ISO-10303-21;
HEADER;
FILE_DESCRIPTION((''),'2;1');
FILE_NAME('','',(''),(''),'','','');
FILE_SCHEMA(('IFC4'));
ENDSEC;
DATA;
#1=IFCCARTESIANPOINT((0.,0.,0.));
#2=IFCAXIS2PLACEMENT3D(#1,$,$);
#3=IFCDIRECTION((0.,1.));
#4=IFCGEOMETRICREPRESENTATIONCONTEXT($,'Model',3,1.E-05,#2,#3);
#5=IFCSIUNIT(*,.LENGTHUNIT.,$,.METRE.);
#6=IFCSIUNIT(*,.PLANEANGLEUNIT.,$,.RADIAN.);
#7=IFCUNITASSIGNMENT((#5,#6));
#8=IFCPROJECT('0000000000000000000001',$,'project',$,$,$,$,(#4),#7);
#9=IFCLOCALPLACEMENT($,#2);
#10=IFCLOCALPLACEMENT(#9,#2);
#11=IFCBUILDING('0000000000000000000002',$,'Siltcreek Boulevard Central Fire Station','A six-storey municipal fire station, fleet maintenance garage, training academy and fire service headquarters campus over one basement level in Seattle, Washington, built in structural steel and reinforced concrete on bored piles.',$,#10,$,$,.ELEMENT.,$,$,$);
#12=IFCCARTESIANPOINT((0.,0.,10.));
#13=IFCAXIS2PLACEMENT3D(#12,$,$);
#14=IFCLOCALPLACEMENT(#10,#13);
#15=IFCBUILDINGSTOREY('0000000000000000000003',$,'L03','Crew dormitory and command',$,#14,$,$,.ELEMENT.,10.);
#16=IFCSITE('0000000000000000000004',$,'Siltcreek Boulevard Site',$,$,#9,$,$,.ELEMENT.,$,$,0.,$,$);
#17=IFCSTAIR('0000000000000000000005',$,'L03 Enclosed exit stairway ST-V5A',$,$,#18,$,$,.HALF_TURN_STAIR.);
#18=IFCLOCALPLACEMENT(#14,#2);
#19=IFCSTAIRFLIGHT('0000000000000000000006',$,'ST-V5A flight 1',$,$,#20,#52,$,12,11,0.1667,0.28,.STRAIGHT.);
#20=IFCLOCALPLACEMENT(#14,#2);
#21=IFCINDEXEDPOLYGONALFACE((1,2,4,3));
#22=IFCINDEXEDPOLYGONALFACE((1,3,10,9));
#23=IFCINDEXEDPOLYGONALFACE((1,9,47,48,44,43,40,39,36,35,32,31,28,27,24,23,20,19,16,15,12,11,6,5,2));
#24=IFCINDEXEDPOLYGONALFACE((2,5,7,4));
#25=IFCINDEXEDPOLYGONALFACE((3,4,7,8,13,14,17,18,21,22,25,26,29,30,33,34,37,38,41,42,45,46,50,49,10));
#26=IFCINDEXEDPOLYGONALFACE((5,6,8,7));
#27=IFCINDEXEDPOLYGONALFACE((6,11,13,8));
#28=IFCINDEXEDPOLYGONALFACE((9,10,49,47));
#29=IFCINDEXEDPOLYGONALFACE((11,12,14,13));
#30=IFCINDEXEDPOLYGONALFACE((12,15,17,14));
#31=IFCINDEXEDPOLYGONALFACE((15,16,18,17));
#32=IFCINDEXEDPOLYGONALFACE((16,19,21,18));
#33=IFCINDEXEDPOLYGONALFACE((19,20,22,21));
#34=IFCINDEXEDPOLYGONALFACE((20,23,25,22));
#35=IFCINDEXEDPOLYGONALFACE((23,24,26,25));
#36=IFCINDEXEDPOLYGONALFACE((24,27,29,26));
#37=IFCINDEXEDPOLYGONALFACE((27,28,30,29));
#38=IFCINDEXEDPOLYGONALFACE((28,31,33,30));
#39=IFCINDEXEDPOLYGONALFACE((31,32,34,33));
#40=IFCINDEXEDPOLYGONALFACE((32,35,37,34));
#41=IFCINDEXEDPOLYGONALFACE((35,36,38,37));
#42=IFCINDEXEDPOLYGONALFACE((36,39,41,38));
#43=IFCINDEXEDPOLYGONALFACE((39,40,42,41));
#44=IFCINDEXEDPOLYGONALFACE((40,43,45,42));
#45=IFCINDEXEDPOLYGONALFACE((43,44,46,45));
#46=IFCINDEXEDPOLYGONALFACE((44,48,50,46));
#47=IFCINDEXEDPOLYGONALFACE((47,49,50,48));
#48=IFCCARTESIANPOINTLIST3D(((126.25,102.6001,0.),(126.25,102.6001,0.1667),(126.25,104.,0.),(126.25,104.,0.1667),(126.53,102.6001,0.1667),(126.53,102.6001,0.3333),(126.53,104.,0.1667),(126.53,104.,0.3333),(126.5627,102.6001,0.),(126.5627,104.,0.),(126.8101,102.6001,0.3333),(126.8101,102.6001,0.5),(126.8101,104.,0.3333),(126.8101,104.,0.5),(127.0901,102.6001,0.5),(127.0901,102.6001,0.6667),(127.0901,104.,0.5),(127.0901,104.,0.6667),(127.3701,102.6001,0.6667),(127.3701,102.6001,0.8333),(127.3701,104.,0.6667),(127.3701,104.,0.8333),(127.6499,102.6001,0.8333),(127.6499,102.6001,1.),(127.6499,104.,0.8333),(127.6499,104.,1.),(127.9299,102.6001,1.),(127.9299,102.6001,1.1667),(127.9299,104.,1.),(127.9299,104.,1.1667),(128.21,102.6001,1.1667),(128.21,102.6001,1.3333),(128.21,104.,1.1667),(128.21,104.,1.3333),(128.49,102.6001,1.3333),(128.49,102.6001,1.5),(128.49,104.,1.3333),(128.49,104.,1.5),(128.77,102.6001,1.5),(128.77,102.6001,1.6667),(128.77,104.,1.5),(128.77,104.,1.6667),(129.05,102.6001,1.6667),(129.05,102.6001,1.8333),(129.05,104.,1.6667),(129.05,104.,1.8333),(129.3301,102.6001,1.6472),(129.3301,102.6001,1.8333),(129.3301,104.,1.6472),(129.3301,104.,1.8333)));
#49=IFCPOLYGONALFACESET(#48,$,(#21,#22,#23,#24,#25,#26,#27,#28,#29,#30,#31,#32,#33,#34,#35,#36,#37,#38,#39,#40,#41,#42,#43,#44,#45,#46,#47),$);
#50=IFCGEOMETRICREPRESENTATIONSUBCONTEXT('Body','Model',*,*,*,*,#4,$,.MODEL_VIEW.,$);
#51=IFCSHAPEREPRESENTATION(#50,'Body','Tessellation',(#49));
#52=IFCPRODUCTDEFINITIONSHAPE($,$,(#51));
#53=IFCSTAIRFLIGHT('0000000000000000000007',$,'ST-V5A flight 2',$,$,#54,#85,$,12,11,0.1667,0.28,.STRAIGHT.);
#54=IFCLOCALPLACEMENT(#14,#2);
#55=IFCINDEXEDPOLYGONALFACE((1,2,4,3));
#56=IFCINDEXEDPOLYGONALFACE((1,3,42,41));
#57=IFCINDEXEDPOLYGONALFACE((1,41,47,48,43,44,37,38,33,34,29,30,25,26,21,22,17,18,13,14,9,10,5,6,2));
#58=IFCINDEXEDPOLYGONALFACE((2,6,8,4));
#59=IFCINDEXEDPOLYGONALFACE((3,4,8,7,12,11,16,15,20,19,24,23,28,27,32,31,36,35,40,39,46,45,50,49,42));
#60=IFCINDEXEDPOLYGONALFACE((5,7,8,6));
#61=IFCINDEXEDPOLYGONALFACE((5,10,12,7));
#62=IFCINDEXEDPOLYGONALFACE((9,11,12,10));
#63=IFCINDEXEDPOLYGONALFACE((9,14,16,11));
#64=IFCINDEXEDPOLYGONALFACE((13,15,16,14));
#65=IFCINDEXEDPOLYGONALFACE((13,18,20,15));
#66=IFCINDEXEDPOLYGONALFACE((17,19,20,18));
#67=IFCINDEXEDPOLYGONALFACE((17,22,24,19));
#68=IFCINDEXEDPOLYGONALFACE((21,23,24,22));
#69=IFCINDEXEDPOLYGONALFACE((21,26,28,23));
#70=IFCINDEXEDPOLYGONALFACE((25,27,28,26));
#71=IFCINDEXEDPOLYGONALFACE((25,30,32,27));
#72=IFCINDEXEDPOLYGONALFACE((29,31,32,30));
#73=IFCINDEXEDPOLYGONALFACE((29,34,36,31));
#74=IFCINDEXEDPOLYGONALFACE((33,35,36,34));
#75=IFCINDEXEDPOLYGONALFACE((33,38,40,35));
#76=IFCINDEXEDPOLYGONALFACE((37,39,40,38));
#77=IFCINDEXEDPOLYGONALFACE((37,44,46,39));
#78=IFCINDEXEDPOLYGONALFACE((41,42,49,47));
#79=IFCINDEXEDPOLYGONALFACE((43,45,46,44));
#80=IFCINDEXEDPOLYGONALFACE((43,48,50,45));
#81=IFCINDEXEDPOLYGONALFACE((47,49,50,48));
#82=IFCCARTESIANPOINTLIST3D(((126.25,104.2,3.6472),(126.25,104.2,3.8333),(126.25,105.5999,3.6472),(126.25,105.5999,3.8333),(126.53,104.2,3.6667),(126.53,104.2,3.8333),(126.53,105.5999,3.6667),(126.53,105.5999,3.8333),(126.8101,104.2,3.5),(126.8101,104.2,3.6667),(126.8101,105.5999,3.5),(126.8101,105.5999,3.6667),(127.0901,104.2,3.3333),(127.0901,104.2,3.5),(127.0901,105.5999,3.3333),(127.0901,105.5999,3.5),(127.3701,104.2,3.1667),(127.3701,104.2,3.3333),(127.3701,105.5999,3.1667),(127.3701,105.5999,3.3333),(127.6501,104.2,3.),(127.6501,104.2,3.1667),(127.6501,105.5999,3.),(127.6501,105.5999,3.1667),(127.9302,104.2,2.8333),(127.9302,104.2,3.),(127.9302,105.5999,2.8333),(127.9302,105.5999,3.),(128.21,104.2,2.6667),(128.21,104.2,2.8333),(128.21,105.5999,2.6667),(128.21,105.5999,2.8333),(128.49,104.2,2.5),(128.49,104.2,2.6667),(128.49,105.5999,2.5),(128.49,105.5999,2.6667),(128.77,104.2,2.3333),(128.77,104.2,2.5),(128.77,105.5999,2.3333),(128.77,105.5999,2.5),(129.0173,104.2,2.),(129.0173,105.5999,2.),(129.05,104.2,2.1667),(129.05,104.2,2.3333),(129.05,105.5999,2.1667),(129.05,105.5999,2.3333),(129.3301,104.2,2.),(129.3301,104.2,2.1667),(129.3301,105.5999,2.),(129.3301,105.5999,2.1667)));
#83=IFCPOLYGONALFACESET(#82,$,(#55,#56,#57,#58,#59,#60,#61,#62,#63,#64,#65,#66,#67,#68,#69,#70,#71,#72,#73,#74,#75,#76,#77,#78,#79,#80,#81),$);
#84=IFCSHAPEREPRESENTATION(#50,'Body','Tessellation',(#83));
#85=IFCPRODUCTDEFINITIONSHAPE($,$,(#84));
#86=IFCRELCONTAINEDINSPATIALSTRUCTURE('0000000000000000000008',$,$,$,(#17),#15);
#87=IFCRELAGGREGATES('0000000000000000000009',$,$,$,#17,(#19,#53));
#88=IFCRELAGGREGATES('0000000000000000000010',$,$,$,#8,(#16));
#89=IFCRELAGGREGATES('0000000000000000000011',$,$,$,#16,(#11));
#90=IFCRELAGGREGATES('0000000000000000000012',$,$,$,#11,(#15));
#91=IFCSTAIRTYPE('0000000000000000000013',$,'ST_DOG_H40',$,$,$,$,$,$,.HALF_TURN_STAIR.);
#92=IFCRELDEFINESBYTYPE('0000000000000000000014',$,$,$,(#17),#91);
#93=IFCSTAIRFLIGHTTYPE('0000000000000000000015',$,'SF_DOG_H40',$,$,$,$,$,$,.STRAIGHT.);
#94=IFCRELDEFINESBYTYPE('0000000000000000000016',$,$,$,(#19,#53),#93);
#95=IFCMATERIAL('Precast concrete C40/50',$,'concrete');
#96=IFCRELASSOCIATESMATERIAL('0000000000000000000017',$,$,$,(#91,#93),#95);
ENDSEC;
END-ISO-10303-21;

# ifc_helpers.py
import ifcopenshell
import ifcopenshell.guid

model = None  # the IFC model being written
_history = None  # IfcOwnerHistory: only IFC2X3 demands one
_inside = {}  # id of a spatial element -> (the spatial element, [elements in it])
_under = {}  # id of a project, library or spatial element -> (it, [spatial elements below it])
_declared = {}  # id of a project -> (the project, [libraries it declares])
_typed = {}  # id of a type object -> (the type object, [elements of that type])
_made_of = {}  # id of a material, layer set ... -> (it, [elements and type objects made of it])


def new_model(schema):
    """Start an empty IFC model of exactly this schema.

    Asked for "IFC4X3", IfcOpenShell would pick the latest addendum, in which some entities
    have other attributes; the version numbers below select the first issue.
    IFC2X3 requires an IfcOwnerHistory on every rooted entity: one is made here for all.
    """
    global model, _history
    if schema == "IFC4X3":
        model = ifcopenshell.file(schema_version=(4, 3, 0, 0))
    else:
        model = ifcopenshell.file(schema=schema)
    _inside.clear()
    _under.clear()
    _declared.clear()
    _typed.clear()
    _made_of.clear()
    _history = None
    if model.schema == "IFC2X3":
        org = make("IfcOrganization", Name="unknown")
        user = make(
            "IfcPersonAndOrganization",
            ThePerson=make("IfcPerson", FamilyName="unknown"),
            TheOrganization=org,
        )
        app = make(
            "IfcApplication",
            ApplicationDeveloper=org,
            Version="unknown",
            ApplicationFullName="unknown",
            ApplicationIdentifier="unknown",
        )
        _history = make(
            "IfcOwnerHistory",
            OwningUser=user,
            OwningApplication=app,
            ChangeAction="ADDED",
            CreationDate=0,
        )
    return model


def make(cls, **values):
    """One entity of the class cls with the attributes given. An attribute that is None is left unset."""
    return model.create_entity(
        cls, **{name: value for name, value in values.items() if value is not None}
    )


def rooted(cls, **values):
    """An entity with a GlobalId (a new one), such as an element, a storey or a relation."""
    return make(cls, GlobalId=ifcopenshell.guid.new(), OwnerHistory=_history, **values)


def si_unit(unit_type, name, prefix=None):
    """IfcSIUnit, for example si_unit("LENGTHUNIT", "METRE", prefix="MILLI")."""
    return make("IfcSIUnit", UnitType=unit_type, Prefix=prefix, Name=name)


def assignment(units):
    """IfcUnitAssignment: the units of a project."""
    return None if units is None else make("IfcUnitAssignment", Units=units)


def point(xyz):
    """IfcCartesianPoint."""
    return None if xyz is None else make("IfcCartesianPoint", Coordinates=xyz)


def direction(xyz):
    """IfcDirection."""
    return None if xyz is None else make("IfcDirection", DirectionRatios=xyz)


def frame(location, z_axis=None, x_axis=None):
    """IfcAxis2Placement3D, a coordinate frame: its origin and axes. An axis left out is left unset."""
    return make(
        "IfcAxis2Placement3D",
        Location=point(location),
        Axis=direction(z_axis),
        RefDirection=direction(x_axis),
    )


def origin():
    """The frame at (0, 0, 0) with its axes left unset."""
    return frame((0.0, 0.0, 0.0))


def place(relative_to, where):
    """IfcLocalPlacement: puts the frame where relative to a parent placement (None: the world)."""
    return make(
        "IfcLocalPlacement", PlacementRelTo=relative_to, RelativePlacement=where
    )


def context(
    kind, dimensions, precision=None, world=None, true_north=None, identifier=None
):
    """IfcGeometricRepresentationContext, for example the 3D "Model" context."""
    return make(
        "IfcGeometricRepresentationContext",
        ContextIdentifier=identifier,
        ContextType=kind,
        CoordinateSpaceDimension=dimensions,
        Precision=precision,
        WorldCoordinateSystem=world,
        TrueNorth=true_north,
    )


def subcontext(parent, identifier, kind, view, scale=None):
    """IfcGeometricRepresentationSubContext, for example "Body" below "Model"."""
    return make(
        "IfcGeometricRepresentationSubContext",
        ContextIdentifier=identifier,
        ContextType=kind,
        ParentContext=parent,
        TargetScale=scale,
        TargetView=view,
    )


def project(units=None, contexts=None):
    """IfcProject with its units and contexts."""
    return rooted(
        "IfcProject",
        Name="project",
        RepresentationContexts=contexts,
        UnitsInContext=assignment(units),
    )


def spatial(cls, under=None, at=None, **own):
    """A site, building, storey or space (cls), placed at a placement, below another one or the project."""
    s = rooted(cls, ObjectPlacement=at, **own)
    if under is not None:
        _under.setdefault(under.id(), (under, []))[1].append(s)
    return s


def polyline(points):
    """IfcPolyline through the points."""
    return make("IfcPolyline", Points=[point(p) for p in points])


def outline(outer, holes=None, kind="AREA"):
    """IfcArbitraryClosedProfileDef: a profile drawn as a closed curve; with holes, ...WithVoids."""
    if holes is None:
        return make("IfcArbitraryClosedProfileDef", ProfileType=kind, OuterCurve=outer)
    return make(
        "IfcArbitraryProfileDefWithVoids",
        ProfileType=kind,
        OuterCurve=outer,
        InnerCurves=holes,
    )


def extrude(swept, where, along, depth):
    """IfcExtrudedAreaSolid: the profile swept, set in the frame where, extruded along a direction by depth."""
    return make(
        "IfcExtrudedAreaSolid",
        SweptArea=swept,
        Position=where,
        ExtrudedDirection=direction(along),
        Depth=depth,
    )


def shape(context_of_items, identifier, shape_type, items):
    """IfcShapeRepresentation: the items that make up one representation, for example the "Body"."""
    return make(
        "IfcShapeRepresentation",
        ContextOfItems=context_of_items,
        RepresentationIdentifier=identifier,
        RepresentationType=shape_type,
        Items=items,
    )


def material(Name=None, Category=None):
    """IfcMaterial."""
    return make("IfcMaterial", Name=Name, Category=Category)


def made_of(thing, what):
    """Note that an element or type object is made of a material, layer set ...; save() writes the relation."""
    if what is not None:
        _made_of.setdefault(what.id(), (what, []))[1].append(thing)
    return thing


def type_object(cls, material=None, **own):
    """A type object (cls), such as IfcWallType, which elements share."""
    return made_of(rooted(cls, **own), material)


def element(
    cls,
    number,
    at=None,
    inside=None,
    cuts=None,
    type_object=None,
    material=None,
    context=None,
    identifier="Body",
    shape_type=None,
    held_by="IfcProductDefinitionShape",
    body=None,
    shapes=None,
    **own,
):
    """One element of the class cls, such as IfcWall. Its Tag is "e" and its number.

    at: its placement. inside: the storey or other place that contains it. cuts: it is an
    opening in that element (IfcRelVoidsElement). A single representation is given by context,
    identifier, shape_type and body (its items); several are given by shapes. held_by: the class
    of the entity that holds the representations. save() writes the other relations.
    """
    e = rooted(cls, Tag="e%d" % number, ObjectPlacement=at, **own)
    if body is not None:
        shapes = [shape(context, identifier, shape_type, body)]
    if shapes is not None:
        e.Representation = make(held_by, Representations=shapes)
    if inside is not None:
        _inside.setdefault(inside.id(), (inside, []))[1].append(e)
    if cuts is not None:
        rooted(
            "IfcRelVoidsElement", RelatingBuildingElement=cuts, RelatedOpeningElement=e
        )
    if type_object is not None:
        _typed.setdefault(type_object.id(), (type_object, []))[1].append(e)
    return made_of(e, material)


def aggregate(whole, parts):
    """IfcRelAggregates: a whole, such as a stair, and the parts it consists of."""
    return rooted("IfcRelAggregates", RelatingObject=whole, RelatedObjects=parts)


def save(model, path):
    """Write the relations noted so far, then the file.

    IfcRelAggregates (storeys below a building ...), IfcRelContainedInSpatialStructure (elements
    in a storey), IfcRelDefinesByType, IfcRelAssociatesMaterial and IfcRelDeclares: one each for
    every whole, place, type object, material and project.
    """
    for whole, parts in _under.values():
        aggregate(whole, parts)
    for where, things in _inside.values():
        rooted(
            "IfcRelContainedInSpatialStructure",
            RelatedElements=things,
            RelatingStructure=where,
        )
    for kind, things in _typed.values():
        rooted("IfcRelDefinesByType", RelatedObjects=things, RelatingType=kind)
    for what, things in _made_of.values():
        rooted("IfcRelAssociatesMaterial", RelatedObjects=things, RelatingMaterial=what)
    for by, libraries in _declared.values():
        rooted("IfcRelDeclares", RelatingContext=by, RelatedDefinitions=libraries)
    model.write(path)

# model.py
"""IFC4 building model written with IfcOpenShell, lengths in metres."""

from ifc_helpers import new_model, si_unit, direction, frame, origin, place, context, subcontext, project, spatial, polyline, outline, extrude, material, type_object, element, aggregate, save


model = new_model("IFC4")

# Units and contexts
model_context = context("Model", 3, precision=1e-05, world=origin(), true_north=direction((0.0, 1.0)))
body_context = subcontext(model_context, "Body", "Model", "MODEL_VIEW")
ifc_project = project(units=[si_unit("LENGTHUNIT", "METRE"), si_unit("PLANEANGLEUNIT", "RADIAN")], contexts=[model_context])

# Site, building, storey
site_placement = place(None, origin())
site = spatial("IfcSite", under=ifc_project, at=site_placement, Name="Siltcreek Boulevard Site", CompositionType="ELEMENT", RefElevation=0.0)
building_placement = place(site_placement, origin())
building = spatial("IfcBuilding", under=site, at=building_placement, Name="Siltcreek Boulevard Central Fire Station", Description="A six-storey municipal fire station, fleet maintenance garage, training academy and fire service headquarters campus over one basement level in Seattle, Washington, built in structural steel and reinforced concrete on bored piles.", CompositionType="ELEMENT")
storey_placement = place(building_placement, frame((0.0, 0.0, 10.0)))
storey = spatial("IfcBuildingStorey", under=building, at=storey_placement, Name="L03", Description="Crew dormitory and command", CompositionType="ELEMENT", Elevation=10.0)

# Stair, stair flights
ifc_material_1 = material(Name="Precast concrete C40/50", Category="concrete")
stair_type = type_object("IfcStairType", Name="ST_DOG_H40", PredefinedType="HALF_TURN_STAIR", material=ifc_material_1)
stair_placement = place(storey_placement, origin())
stair = element("IfcStair", 1, at=stair_placement, inside=storey, type_object=stair_type, Name="L03 Enclosed exit stairway ST-V5A", PredefinedType="HALF_TURN_STAIR")
stair_flight_type = type_object("IfcStairFlightType", Name="SF_DOG_H40", PredefinedType="STRAIGHT", material=ifc_material_1)
stair_flight_1_placement = place(storey_placement, frame((126.25, 103.3, 0.0), z_axis=(0.0, 0.0, 1.0), x_axis=(1.0, 0.0, 0.0)))
stair_flight_1 = element("IfcStairFlight", 2, at=stair_flight_1_placement, type_object=stair_flight_type, Name="ST-V5A flight 1", NumberOfRisers=12, NumberOfTreads=11, PredefinedType="STRAIGHT", RiserHeight=0.1667, TreadLength=0.28, context=body_context, shape_type="SweptSolid", body=[
    extrude(outline(polyline([(0.0, 0.0), (0.0, 0.1667), (0.28, 0.1667), (0.28, 0.3333), (0.5601, 0.3333), (0.5601, 0.5), (0.8401, 0.5), (0.8401, 0.6667), (1.1201, 0.6667), (1.1201, 0.8333), (1.3999, 0.8333), (1.3999, 1.0), (1.6799, 1.0), (1.6799, 1.1667), (1.96, 1.1667), (1.96, 1.3333), (2.24, 1.3333), (2.24, 1.5), (2.52, 1.5), (2.52, 1.6667), (2.8, 1.6667), (2.8, 1.8333), (3.0801, 1.8333), (3.0801, 2.0), (3.0801, 1.6472), (0.3127, 0.0), (0.0, 0.0)])), frame((0.0, 0.7, 0.0), z_axis=(0.0, -1.0, 0.0), x_axis=(1.0, 0.0, 0.0)), (0.0, 0.0, 1.0), 1.3999),
])
stair_flight_2_placement = place(storey_placement, frame((129.3301, 104.8999, 2.0), z_axis=(0.0, 0.0, 1.0), x_axis=(-1.0, 0.0, 0.0)))
stair_flight_2 = element("IfcStairFlight", 3, at=stair_flight_2_placement, type_object=stair_flight_type, Name="ST-V5A flight 2", NumberOfRisers=12, NumberOfTreads=11, PredefinedType="STRAIGHT", RiserHeight=0.1667, TreadLength=0.28, context=body_context, shape_type="SweptSolid", body=[
    extrude(outline(polyline([(0.0, 0.0), (0.0, 0.1667), (0.28, 0.1667), (0.28, 0.3333), (0.5601, 0.3333), (0.5601, 0.5), (0.8401, 0.5), (0.8401, 0.6667), (1.1201, 0.6667), (1.1201, 0.8333), (1.3999, 0.8333), (1.3999, 1.0), (1.6799, 1.0), (1.6799, 1.1667), (1.96, 1.1667), (1.96, 1.3333), (2.24, 1.3333), (2.24, 1.5), (2.52, 1.5), (2.52, 1.6667), (2.8, 1.6667), (2.8, 1.8333), (3.0801, 1.8333), (3.0801, 2.0), (3.0801, 1.6472), (0.3127, 0.0), (0.0, 0.0)])), frame((0.0, 0.7, 0.0), z_axis=(0.0, -1.0, 0.0), x_axis=(1.0, 0.0, 0.0)), (0.0, 0.0, 1.0), 1.3999),
])
aggregate(stair, [stair_flight_1, stair_flight_2])

save(model, "model.ifc")
